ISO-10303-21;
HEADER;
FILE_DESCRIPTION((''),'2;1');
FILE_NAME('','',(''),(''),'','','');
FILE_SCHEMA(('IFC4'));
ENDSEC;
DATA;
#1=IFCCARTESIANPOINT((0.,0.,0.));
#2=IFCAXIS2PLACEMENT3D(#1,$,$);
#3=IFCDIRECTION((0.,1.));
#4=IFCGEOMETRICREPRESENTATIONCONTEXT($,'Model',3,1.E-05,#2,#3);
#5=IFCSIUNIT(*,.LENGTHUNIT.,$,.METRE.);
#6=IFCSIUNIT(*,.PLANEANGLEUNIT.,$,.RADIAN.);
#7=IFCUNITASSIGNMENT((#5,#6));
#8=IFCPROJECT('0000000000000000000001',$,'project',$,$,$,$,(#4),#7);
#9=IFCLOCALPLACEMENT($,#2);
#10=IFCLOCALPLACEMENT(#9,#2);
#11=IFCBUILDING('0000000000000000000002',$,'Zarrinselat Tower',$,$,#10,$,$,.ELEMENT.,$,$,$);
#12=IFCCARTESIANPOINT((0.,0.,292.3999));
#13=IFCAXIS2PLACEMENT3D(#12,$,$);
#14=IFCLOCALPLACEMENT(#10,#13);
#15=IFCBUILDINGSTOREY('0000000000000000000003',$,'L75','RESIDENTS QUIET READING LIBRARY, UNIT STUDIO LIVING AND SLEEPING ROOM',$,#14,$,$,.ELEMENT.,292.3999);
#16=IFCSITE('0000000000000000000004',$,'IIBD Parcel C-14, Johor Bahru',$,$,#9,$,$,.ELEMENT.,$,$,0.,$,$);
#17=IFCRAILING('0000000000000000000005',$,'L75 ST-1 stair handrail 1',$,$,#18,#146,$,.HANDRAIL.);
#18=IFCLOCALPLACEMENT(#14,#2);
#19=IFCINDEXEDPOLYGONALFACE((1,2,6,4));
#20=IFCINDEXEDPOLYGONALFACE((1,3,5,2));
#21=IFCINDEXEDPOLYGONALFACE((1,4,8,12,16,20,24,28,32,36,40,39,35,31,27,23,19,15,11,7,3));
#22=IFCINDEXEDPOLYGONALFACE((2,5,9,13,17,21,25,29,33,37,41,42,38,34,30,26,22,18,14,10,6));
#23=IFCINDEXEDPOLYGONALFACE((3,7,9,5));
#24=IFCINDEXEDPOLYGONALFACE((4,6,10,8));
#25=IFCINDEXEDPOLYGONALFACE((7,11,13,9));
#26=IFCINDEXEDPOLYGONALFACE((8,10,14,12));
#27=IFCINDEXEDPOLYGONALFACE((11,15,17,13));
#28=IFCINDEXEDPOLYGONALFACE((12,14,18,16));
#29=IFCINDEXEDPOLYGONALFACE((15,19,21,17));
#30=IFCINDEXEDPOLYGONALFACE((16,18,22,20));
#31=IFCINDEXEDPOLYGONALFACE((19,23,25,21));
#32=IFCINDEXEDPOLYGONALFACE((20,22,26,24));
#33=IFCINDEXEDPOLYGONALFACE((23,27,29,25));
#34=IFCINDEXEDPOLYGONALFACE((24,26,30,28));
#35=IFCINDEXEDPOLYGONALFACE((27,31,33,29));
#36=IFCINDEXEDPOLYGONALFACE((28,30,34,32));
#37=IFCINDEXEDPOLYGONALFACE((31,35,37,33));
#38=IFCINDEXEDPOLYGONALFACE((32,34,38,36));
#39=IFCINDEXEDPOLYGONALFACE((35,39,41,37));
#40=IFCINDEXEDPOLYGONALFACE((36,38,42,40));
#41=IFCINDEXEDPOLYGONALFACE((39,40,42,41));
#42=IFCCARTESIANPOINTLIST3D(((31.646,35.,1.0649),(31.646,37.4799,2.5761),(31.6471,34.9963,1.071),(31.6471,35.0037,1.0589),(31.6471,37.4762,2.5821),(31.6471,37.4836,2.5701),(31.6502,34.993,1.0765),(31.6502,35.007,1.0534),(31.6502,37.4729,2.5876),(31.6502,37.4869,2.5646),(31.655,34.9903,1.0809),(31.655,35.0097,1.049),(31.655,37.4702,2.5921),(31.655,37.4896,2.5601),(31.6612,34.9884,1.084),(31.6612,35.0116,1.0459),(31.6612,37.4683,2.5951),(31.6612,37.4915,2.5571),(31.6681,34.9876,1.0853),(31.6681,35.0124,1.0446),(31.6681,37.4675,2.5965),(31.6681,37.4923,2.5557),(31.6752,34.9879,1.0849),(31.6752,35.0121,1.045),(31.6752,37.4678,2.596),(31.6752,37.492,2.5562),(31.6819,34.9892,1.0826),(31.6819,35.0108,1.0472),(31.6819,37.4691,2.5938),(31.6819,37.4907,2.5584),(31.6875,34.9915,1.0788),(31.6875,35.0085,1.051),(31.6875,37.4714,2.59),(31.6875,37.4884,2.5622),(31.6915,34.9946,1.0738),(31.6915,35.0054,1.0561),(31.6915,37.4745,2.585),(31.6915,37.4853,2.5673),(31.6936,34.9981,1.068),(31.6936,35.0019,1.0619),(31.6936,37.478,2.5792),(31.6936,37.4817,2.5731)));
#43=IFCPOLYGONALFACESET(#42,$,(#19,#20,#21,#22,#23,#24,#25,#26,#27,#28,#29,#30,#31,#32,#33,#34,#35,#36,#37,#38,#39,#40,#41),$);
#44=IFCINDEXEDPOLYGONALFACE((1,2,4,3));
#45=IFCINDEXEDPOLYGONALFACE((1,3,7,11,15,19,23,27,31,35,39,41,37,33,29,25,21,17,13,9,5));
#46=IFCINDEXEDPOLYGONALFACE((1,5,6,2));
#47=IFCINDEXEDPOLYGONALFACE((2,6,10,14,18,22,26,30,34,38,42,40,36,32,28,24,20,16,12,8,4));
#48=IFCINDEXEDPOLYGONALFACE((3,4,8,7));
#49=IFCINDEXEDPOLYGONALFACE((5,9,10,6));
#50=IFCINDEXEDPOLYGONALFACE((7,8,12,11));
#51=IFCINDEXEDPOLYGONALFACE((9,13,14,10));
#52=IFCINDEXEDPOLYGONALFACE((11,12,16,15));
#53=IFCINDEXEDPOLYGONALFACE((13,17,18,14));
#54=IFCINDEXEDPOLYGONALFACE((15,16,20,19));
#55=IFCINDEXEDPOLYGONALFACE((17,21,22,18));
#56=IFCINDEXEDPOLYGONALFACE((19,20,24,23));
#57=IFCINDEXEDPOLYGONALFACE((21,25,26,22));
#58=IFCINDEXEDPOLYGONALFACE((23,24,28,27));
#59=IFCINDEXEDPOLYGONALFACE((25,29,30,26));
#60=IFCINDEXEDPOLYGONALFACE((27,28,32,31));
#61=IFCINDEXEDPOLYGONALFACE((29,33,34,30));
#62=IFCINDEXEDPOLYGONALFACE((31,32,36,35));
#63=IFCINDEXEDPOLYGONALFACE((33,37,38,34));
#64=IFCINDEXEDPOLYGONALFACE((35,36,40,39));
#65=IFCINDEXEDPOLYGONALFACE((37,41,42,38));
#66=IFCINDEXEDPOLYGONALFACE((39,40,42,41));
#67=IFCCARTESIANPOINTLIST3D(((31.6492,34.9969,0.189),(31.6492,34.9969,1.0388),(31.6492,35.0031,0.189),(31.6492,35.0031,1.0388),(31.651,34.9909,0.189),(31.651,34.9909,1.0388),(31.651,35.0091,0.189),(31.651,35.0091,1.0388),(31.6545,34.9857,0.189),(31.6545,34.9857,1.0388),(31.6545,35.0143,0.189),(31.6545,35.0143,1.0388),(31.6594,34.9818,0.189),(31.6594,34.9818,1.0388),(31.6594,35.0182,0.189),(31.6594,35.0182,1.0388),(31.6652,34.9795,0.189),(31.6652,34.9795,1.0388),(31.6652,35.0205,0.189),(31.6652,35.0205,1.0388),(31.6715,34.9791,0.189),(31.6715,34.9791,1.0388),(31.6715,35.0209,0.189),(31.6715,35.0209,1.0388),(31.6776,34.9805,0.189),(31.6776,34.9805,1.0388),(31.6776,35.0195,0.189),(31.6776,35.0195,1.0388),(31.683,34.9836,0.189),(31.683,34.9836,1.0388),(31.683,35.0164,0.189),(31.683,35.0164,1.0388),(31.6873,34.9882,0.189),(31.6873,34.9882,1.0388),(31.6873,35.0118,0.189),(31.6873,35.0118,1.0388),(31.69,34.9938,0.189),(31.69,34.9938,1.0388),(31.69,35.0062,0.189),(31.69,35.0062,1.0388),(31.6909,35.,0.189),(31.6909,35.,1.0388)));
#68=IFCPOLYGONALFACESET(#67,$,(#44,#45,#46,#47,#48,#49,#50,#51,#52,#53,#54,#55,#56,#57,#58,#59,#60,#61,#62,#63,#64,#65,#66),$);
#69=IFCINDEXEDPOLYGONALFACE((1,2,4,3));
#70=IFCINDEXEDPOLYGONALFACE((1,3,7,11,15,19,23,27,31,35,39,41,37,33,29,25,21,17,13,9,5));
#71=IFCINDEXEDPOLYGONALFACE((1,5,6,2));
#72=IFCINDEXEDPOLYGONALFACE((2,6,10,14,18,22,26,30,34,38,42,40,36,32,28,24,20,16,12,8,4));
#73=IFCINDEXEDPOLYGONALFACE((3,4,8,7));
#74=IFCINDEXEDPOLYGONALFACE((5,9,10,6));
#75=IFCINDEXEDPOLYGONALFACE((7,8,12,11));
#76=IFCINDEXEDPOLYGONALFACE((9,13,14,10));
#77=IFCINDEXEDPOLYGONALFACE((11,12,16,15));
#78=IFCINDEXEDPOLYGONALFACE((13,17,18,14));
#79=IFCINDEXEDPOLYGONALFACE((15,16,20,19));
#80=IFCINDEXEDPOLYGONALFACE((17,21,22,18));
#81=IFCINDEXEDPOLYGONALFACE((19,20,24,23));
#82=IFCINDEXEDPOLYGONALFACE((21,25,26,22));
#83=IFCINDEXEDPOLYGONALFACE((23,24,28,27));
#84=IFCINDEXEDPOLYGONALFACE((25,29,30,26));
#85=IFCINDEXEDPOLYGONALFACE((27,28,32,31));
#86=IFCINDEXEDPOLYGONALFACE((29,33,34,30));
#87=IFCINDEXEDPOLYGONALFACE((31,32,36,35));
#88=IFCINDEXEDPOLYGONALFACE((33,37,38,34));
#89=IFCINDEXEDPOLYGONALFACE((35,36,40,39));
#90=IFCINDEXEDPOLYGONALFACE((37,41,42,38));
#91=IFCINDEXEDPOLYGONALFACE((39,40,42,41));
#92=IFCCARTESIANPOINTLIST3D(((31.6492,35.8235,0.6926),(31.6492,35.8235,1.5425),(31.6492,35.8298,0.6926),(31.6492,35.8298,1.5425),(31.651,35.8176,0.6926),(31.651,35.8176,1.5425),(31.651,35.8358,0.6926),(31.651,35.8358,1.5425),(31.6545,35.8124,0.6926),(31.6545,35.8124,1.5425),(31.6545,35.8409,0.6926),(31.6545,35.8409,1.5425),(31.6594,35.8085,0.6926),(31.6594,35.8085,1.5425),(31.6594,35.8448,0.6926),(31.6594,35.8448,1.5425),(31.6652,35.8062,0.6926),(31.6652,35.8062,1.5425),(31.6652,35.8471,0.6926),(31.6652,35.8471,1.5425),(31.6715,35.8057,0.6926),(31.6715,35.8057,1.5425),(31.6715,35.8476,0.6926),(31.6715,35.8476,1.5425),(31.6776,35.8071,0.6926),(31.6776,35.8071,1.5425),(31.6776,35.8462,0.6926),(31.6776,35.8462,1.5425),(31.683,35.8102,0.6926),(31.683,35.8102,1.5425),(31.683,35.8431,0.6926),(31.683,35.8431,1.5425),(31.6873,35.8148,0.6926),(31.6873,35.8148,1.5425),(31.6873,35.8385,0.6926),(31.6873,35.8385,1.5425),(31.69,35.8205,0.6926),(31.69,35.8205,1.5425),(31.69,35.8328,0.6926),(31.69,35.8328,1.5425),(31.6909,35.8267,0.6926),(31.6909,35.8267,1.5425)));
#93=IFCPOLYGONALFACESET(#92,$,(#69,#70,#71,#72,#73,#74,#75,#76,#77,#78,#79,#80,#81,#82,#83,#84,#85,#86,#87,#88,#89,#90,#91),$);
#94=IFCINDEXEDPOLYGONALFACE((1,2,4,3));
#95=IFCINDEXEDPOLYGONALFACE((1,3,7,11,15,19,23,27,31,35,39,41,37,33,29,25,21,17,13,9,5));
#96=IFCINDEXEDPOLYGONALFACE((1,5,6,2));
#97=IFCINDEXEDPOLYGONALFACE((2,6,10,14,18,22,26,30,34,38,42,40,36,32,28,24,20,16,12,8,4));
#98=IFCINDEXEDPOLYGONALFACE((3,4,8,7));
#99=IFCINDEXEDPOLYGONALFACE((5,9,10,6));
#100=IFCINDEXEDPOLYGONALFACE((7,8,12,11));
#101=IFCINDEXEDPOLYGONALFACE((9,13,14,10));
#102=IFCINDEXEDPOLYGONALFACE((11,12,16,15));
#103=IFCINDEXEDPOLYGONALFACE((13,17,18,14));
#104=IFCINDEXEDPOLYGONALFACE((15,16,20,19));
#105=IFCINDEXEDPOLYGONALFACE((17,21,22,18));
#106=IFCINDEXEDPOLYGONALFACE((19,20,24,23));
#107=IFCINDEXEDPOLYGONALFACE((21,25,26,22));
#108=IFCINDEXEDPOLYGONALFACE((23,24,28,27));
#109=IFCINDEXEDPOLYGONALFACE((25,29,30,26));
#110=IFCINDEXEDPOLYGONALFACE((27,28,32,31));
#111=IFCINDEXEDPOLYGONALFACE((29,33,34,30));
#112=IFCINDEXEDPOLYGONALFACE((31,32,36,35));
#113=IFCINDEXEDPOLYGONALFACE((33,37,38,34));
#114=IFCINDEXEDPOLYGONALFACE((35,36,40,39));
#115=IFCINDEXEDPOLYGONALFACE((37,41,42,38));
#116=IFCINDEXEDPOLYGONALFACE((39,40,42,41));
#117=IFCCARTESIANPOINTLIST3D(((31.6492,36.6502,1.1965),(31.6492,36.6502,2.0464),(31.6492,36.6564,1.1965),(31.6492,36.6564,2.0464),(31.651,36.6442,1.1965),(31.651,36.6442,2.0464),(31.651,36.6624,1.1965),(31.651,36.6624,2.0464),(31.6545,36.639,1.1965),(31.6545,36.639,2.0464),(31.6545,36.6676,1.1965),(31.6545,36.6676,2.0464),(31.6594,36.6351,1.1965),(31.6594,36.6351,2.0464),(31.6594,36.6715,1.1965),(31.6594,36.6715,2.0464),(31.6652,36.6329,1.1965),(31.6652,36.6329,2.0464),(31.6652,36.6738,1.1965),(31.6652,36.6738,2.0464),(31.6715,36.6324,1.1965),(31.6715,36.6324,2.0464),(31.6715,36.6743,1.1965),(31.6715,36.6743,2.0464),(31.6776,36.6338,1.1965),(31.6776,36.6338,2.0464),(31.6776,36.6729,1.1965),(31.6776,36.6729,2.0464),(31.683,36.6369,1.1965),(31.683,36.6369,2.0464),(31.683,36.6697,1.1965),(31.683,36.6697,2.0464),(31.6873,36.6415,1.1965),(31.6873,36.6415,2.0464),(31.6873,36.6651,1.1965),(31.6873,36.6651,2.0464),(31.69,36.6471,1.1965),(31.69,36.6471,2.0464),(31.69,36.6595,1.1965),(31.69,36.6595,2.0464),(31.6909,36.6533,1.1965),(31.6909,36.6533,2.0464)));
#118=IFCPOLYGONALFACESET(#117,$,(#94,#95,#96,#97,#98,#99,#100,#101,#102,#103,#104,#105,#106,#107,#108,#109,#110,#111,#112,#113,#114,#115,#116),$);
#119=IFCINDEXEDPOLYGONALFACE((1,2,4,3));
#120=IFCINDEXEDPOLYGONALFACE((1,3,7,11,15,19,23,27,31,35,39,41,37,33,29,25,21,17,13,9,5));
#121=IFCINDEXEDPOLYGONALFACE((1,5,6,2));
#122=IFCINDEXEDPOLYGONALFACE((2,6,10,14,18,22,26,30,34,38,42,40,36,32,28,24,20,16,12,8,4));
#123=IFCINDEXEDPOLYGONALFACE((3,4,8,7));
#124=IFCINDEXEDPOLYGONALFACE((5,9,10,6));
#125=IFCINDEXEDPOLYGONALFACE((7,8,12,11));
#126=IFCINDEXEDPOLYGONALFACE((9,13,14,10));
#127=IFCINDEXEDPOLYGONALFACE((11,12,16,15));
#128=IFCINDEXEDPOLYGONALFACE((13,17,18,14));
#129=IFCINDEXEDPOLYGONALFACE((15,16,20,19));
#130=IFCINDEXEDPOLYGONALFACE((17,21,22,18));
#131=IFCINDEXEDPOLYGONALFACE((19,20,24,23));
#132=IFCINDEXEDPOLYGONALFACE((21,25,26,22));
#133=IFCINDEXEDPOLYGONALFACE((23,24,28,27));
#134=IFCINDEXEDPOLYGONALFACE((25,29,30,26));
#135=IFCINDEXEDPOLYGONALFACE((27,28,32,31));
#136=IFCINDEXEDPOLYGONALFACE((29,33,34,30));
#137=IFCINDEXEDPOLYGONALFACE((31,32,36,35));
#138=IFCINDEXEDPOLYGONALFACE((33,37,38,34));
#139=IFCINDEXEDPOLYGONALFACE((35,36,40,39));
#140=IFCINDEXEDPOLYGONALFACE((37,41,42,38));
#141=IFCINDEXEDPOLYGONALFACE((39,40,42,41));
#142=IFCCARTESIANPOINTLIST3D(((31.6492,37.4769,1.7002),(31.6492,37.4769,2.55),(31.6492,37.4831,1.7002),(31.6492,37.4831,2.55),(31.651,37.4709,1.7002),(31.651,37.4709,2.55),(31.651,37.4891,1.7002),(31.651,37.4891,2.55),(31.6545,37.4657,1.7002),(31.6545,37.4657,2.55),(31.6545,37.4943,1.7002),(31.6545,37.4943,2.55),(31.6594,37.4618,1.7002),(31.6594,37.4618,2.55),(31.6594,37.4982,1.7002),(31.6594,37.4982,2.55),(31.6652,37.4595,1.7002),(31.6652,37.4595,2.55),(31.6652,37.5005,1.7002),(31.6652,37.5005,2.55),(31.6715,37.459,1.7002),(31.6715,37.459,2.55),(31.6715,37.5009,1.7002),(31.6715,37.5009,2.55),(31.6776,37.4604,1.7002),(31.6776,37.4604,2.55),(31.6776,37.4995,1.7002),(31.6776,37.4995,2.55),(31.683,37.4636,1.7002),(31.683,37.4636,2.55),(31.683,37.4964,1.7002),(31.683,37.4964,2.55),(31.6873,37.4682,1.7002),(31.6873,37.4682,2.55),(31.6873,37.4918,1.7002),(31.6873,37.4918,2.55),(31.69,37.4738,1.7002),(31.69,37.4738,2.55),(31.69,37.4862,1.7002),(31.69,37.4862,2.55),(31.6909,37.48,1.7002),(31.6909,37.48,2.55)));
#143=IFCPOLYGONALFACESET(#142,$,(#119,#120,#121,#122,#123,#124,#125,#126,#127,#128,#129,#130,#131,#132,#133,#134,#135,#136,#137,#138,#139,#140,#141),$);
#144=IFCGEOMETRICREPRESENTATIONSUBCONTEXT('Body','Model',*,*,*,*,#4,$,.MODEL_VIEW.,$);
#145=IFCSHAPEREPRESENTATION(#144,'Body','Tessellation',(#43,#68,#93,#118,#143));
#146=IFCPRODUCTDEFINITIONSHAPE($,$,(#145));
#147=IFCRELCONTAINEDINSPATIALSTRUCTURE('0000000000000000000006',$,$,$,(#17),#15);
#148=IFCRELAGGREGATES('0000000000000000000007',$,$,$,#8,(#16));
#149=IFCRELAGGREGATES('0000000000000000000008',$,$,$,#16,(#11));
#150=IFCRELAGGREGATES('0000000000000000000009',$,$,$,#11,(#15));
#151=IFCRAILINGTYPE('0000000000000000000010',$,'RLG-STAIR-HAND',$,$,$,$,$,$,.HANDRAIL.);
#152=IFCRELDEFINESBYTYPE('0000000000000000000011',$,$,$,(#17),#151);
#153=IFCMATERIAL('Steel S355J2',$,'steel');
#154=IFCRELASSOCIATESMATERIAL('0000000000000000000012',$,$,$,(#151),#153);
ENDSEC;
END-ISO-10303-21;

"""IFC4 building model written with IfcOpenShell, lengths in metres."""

from ifc_helpers import new_model, si_unit, direction, frame, origin, origin_2d, place, context, subcontext, project, spatial, circle, extrude, material, type_object, element, save


model = new_model("IFC4")

# Units and contexts
model_context = context("Model", 3, precision=1e-05, world=origin(), true_north=direction((0.0, 1.0)))
body_context = subcontext(model_context, "Body", "Model", "MODEL_VIEW")
ifc_project = project(units=[si_unit("LENGTHUNIT", "METRE"), si_unit("PLANEANGLEUNIT", "RADIAN")], contexts=[model_context])

# Site, building, storey
site_placement = place(None, origin())
site = spatial("IfcSite", under=ifc_project, at=site_placement, Name="IIBD Parcel C-14, Johor Bahru", CompositionType="ELEMENT", RefElevation=0.0)
building_placement = place(site_placement, origin())
building = spatial("IfcBuilding", under=site, at=building_placement, Name="Zarrinselat Tower", CompositionType="ELEMENT")
storey_placement = place(building_placement, frame((0.0, 0.0, 292.3999)))
storey = spatial("IfcBuildingStorey", under=building, at=storey_placement, Name="L75", Description="RESIDENTS QUIET READING LIBRARY, UNIT STUDIO LIVING AND SLEEPING ROOM", CompositionType="ELEMENT", Elevation=292.3999)

# Railing
ifc_material_1 = material(Name="Steel S355J2", Category="steel")
railing_type_1 = type_object("IfcRailingType", Name="RLG-STAIR-HAND", PredefinedType="HANDRAIL", material=ifc_material_1)
railing_1_placement = place(storey_placement, frame((31.6699, 35.0, 0.189)))
element("IfcRailing", 1, at=railing_1_placement, inside=storey, type_object=railing_type_1, Name="L75 ST-1 stair handrail 1", PredefinedType="HANDRAIL", context=body_context, shape_type="SweptSolid", body=[
    extrude(circle(Radius=0.0239, at=origin_2d()), frame((0.0, 0.0, 0.876), z_axis=(0.0, 0.853942, 0.520368), x_axis=(-1.0, 0.0, 0.0)), (0.0, 0.0, 1.0), 2.9041),
    extrude(circle(Radius=0.021, at=origin_2d()), origin(), (0.0, 0.0, 1.0), 0.8499),
    extrude(circle(Radius=0.021, at=origin_2d()), frame((0.0, 0.8267, 0.5037)), (0.0, 0.0, 1.0), 0.8499),
    extrude(circle(Radius=0.021, at=origin_2d()), frame((0.0, 1.6533, 1.0076)), (0.0, 0.0, 1.0), 0.8499),
    extrude(circle(Radius=0.021, at=origin_2d()), frame((0.0, 2.48, 1.5112)), (0.0, 0.0, 1.0), 0.8499),
])

save(model, "model.ifc")
